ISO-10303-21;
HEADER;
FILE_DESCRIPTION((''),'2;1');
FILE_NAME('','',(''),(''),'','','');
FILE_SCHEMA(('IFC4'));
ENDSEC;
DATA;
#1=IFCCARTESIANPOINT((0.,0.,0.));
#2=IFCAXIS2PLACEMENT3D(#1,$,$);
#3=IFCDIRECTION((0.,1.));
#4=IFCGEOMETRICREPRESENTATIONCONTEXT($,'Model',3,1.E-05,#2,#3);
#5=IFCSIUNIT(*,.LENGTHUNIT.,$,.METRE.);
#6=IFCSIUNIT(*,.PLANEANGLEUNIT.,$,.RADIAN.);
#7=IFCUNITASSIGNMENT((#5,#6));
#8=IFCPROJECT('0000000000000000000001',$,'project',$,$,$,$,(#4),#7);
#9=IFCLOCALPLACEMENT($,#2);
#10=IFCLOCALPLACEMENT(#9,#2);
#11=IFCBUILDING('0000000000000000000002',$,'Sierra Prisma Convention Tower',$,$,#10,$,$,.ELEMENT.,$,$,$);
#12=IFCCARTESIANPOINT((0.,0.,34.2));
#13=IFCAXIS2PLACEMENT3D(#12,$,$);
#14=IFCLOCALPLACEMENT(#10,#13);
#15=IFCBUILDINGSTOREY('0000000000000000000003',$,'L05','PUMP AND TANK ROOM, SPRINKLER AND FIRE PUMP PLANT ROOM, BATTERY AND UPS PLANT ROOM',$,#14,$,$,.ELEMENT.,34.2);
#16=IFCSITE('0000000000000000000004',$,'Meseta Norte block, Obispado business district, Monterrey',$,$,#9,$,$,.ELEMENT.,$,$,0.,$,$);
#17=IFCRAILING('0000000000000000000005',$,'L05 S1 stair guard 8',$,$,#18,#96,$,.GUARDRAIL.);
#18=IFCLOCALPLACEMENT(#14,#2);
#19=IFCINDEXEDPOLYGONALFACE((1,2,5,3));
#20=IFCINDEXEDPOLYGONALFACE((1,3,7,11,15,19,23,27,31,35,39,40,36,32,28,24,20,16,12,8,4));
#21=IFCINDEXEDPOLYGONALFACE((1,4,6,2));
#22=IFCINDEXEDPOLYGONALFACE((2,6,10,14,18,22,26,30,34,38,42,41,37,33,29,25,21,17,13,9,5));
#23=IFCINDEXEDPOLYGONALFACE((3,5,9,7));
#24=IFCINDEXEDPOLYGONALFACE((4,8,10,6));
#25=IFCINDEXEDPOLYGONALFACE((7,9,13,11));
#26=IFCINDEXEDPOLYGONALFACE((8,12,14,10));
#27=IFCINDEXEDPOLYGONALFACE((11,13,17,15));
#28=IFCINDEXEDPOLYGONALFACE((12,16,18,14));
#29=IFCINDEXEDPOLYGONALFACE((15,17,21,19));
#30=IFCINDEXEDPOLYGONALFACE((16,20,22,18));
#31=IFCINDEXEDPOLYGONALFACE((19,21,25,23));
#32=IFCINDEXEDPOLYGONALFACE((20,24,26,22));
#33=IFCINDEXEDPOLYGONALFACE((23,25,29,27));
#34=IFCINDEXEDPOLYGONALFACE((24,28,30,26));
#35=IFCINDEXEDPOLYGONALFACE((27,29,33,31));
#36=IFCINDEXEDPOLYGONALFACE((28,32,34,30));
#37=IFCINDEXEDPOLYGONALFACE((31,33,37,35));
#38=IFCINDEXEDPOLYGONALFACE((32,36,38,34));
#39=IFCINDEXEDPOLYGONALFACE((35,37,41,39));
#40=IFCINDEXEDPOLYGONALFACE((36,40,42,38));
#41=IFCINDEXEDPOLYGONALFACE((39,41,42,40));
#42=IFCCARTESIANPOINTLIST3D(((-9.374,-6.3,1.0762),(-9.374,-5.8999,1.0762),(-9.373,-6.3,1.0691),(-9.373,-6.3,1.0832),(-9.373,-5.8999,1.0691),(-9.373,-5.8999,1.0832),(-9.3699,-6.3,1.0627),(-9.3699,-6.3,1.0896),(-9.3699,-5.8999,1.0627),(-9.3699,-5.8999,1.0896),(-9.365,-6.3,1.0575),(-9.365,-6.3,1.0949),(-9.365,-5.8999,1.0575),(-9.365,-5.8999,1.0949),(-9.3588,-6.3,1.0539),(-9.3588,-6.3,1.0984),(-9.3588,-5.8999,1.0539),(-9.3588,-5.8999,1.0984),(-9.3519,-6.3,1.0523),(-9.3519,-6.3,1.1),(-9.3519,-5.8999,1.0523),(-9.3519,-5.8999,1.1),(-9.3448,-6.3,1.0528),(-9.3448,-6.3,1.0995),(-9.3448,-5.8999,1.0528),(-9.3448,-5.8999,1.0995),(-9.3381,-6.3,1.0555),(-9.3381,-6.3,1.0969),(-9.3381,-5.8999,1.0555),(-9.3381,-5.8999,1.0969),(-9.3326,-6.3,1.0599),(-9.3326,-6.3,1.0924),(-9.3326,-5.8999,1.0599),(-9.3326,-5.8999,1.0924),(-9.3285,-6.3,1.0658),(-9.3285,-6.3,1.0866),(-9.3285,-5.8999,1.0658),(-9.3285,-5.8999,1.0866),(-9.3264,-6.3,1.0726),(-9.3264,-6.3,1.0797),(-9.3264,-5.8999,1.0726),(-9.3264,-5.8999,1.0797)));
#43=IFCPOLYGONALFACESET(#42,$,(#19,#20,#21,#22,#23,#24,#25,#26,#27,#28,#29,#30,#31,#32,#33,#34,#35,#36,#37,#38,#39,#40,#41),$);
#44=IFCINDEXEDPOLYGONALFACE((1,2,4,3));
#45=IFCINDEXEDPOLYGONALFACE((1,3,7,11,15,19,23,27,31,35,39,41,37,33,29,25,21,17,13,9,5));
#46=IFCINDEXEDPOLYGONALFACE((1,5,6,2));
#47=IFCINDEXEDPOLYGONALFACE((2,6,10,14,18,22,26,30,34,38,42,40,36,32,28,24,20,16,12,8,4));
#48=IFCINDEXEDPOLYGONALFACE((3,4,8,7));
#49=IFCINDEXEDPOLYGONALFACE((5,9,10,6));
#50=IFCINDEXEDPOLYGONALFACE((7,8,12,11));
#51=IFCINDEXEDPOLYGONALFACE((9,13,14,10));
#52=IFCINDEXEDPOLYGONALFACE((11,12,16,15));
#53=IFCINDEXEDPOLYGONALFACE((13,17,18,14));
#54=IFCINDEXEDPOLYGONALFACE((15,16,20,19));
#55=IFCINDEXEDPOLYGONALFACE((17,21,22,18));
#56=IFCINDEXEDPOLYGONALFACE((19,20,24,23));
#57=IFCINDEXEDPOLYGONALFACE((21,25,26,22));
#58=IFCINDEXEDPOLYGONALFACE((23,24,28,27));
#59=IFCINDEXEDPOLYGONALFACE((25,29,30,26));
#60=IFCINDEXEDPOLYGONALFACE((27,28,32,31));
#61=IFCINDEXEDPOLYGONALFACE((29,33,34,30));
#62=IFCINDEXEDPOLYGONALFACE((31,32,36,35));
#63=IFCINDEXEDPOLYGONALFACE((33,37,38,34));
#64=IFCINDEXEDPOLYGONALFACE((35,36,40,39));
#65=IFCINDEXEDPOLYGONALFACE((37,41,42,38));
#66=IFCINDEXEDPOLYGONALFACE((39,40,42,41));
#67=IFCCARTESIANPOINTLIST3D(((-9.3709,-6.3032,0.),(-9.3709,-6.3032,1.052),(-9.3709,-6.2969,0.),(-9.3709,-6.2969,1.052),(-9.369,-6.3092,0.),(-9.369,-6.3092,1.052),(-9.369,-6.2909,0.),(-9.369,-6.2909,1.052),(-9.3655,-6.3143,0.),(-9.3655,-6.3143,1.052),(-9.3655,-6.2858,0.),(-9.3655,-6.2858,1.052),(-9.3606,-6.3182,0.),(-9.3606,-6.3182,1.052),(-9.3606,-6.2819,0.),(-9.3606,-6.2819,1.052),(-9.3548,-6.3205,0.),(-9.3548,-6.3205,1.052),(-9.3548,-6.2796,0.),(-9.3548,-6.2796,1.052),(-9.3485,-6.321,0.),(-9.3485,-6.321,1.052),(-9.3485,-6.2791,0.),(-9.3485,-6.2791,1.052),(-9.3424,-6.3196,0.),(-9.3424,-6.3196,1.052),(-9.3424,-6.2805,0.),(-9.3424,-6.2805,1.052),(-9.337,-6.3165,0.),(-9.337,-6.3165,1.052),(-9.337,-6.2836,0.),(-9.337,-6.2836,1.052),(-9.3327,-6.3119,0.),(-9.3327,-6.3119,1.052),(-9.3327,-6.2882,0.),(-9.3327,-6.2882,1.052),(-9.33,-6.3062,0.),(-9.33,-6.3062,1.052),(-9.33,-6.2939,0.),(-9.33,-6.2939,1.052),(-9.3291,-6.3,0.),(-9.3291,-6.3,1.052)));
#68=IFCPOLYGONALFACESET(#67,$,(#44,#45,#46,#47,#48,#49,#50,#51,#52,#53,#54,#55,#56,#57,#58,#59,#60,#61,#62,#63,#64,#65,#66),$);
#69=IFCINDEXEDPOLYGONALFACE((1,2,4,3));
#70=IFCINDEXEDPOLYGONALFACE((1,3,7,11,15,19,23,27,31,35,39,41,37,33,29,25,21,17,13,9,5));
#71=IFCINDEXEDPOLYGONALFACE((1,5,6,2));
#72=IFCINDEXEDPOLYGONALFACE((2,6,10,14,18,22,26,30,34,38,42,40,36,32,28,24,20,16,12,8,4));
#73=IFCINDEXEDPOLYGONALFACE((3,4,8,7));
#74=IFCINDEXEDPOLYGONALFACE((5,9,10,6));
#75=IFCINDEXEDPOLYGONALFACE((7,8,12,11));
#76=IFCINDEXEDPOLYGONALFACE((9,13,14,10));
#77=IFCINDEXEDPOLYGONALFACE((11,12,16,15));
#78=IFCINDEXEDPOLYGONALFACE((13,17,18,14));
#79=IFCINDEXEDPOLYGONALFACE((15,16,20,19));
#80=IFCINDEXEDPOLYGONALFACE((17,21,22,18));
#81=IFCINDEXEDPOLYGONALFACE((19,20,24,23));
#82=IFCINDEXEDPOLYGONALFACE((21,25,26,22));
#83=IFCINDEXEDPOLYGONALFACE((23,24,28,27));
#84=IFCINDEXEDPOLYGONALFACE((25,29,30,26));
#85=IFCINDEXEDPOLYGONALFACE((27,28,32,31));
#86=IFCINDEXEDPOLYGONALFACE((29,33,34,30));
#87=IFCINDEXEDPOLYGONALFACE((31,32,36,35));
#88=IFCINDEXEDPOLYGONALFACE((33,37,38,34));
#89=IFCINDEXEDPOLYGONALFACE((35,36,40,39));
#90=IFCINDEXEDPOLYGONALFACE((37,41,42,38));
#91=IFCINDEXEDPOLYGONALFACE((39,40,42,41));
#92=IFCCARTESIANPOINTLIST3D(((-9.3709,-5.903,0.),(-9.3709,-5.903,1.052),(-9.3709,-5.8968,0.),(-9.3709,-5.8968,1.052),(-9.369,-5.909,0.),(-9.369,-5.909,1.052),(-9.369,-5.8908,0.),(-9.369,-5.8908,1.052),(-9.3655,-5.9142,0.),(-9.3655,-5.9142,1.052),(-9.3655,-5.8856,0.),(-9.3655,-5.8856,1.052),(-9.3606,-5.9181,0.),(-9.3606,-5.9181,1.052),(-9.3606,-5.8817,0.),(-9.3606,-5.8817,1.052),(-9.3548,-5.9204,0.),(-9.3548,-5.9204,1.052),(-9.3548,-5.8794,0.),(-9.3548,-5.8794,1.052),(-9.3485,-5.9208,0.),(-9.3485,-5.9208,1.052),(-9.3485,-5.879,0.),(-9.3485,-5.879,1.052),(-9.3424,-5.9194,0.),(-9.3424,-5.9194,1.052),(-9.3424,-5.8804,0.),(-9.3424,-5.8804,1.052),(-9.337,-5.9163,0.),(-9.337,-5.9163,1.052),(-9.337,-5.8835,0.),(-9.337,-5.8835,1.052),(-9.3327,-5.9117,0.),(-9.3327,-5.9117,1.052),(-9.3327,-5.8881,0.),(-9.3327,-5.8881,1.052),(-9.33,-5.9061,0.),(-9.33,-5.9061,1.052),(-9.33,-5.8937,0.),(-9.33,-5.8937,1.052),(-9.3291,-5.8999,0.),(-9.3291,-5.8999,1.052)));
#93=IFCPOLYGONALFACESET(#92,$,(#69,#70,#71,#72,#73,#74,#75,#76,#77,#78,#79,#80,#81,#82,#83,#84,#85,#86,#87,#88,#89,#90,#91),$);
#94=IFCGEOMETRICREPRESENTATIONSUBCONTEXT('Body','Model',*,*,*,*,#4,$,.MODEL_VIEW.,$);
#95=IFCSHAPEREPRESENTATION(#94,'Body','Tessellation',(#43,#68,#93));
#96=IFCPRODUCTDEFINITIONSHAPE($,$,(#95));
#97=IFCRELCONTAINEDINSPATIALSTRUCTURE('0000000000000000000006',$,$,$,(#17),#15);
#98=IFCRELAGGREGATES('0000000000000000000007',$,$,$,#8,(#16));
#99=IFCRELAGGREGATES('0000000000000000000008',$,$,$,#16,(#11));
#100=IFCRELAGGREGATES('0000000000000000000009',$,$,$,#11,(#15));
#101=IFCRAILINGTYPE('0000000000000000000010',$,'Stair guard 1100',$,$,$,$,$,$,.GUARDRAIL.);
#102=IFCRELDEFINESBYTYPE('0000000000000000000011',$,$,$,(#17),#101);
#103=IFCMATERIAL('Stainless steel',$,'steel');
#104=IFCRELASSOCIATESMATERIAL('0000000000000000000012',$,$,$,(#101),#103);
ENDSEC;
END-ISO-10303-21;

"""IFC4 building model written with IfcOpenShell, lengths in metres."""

from ifc_helpers import new_model, si_unit, direction, frame, origin, origin_2d, place, context, subcontext, project, spatial, circle, extrude, material, type_object, element, save


model = new_model("IFC4")

# Units and contexts
model_context = context("Model", 3, precision=1e-05, world=origin(), true_north=direction((0.0, 1.0)))
body_context = subcontext(model_context, "Body", "Model", "MODEL_VIEW")
ifc_project = project(units=[si_unit("LENGTHUNIT", "METRE"), si_unit("PLANEANGLEUNIT", "RADIAN")], contexts=[model_context])

# Site, building, storey
site_placement = place(None, origin())
site = spatial("IfcSite", under=ifc_project, at=site_placement, Name="Meseta Norte block, Obispado business district, Monterrey", CompositionType="ELEMENT", RefElevation=0.0)
building_placement = place(site_placement, origin())
building = spatial("IfcBuilding", under=site, at=building_placement, Name="Sierra Prisma Convention Tower", CompositionType="ELEMENT")
storey_placement = place(building_placement, frame((0.0, 0.0, 34.2)))
storey = spatial("IfcBuildingStorey", under=building, at=storey_placement, Name="L05", Description="PUMP AND TANK ROOM, SPRINKLER AND FIRE PUMP PLANT ROOM, BATTERY AND UPS PLANT ROOM", CompositionType="ELEMENT", Elevation=34.2)

# Railing
ifc_material_1 = material(Name="Stainless steel", Category="steel")
railing_type_1 = type_object("IfcRailingType", Name="Stair guard 1100", PredefinedType="GUARDRAIL", material=ifc_material_1)
railing_1_placement = place(storey_placement, frame((-9.3501, -6.3, 0.0)))
element("IfcRailing", 1, at=railing_1_placement, inside=storey, type_object=railing_type_1, Name="L05 S1 stair guard 8", PredefinedType="GUARDRAIL", context=body_context, shape_type="SweptSolid", body=[
    extrude(circle(Radius=0.0239, at=origin_2d()), frame((0.0, 0.0, 1.0762), z_axis=(0.0, 1.0, 0.0), x_axis=(-1.0, 0.0, 0.0)), (0.0, 0.0, 1.0), 0.4001),
    extrude(circle(Radius=0.021, at=origin_2d()), origin(), (0.0, 0.0, 1.0), 1.052),
    extrude(circle(Radius=0.021, at=origin_2d()), frame((0.0, 0.4001, 0.0)), (0.0, 0.0, 1.0), 1.052),
])

save(model, "model.ifc")
